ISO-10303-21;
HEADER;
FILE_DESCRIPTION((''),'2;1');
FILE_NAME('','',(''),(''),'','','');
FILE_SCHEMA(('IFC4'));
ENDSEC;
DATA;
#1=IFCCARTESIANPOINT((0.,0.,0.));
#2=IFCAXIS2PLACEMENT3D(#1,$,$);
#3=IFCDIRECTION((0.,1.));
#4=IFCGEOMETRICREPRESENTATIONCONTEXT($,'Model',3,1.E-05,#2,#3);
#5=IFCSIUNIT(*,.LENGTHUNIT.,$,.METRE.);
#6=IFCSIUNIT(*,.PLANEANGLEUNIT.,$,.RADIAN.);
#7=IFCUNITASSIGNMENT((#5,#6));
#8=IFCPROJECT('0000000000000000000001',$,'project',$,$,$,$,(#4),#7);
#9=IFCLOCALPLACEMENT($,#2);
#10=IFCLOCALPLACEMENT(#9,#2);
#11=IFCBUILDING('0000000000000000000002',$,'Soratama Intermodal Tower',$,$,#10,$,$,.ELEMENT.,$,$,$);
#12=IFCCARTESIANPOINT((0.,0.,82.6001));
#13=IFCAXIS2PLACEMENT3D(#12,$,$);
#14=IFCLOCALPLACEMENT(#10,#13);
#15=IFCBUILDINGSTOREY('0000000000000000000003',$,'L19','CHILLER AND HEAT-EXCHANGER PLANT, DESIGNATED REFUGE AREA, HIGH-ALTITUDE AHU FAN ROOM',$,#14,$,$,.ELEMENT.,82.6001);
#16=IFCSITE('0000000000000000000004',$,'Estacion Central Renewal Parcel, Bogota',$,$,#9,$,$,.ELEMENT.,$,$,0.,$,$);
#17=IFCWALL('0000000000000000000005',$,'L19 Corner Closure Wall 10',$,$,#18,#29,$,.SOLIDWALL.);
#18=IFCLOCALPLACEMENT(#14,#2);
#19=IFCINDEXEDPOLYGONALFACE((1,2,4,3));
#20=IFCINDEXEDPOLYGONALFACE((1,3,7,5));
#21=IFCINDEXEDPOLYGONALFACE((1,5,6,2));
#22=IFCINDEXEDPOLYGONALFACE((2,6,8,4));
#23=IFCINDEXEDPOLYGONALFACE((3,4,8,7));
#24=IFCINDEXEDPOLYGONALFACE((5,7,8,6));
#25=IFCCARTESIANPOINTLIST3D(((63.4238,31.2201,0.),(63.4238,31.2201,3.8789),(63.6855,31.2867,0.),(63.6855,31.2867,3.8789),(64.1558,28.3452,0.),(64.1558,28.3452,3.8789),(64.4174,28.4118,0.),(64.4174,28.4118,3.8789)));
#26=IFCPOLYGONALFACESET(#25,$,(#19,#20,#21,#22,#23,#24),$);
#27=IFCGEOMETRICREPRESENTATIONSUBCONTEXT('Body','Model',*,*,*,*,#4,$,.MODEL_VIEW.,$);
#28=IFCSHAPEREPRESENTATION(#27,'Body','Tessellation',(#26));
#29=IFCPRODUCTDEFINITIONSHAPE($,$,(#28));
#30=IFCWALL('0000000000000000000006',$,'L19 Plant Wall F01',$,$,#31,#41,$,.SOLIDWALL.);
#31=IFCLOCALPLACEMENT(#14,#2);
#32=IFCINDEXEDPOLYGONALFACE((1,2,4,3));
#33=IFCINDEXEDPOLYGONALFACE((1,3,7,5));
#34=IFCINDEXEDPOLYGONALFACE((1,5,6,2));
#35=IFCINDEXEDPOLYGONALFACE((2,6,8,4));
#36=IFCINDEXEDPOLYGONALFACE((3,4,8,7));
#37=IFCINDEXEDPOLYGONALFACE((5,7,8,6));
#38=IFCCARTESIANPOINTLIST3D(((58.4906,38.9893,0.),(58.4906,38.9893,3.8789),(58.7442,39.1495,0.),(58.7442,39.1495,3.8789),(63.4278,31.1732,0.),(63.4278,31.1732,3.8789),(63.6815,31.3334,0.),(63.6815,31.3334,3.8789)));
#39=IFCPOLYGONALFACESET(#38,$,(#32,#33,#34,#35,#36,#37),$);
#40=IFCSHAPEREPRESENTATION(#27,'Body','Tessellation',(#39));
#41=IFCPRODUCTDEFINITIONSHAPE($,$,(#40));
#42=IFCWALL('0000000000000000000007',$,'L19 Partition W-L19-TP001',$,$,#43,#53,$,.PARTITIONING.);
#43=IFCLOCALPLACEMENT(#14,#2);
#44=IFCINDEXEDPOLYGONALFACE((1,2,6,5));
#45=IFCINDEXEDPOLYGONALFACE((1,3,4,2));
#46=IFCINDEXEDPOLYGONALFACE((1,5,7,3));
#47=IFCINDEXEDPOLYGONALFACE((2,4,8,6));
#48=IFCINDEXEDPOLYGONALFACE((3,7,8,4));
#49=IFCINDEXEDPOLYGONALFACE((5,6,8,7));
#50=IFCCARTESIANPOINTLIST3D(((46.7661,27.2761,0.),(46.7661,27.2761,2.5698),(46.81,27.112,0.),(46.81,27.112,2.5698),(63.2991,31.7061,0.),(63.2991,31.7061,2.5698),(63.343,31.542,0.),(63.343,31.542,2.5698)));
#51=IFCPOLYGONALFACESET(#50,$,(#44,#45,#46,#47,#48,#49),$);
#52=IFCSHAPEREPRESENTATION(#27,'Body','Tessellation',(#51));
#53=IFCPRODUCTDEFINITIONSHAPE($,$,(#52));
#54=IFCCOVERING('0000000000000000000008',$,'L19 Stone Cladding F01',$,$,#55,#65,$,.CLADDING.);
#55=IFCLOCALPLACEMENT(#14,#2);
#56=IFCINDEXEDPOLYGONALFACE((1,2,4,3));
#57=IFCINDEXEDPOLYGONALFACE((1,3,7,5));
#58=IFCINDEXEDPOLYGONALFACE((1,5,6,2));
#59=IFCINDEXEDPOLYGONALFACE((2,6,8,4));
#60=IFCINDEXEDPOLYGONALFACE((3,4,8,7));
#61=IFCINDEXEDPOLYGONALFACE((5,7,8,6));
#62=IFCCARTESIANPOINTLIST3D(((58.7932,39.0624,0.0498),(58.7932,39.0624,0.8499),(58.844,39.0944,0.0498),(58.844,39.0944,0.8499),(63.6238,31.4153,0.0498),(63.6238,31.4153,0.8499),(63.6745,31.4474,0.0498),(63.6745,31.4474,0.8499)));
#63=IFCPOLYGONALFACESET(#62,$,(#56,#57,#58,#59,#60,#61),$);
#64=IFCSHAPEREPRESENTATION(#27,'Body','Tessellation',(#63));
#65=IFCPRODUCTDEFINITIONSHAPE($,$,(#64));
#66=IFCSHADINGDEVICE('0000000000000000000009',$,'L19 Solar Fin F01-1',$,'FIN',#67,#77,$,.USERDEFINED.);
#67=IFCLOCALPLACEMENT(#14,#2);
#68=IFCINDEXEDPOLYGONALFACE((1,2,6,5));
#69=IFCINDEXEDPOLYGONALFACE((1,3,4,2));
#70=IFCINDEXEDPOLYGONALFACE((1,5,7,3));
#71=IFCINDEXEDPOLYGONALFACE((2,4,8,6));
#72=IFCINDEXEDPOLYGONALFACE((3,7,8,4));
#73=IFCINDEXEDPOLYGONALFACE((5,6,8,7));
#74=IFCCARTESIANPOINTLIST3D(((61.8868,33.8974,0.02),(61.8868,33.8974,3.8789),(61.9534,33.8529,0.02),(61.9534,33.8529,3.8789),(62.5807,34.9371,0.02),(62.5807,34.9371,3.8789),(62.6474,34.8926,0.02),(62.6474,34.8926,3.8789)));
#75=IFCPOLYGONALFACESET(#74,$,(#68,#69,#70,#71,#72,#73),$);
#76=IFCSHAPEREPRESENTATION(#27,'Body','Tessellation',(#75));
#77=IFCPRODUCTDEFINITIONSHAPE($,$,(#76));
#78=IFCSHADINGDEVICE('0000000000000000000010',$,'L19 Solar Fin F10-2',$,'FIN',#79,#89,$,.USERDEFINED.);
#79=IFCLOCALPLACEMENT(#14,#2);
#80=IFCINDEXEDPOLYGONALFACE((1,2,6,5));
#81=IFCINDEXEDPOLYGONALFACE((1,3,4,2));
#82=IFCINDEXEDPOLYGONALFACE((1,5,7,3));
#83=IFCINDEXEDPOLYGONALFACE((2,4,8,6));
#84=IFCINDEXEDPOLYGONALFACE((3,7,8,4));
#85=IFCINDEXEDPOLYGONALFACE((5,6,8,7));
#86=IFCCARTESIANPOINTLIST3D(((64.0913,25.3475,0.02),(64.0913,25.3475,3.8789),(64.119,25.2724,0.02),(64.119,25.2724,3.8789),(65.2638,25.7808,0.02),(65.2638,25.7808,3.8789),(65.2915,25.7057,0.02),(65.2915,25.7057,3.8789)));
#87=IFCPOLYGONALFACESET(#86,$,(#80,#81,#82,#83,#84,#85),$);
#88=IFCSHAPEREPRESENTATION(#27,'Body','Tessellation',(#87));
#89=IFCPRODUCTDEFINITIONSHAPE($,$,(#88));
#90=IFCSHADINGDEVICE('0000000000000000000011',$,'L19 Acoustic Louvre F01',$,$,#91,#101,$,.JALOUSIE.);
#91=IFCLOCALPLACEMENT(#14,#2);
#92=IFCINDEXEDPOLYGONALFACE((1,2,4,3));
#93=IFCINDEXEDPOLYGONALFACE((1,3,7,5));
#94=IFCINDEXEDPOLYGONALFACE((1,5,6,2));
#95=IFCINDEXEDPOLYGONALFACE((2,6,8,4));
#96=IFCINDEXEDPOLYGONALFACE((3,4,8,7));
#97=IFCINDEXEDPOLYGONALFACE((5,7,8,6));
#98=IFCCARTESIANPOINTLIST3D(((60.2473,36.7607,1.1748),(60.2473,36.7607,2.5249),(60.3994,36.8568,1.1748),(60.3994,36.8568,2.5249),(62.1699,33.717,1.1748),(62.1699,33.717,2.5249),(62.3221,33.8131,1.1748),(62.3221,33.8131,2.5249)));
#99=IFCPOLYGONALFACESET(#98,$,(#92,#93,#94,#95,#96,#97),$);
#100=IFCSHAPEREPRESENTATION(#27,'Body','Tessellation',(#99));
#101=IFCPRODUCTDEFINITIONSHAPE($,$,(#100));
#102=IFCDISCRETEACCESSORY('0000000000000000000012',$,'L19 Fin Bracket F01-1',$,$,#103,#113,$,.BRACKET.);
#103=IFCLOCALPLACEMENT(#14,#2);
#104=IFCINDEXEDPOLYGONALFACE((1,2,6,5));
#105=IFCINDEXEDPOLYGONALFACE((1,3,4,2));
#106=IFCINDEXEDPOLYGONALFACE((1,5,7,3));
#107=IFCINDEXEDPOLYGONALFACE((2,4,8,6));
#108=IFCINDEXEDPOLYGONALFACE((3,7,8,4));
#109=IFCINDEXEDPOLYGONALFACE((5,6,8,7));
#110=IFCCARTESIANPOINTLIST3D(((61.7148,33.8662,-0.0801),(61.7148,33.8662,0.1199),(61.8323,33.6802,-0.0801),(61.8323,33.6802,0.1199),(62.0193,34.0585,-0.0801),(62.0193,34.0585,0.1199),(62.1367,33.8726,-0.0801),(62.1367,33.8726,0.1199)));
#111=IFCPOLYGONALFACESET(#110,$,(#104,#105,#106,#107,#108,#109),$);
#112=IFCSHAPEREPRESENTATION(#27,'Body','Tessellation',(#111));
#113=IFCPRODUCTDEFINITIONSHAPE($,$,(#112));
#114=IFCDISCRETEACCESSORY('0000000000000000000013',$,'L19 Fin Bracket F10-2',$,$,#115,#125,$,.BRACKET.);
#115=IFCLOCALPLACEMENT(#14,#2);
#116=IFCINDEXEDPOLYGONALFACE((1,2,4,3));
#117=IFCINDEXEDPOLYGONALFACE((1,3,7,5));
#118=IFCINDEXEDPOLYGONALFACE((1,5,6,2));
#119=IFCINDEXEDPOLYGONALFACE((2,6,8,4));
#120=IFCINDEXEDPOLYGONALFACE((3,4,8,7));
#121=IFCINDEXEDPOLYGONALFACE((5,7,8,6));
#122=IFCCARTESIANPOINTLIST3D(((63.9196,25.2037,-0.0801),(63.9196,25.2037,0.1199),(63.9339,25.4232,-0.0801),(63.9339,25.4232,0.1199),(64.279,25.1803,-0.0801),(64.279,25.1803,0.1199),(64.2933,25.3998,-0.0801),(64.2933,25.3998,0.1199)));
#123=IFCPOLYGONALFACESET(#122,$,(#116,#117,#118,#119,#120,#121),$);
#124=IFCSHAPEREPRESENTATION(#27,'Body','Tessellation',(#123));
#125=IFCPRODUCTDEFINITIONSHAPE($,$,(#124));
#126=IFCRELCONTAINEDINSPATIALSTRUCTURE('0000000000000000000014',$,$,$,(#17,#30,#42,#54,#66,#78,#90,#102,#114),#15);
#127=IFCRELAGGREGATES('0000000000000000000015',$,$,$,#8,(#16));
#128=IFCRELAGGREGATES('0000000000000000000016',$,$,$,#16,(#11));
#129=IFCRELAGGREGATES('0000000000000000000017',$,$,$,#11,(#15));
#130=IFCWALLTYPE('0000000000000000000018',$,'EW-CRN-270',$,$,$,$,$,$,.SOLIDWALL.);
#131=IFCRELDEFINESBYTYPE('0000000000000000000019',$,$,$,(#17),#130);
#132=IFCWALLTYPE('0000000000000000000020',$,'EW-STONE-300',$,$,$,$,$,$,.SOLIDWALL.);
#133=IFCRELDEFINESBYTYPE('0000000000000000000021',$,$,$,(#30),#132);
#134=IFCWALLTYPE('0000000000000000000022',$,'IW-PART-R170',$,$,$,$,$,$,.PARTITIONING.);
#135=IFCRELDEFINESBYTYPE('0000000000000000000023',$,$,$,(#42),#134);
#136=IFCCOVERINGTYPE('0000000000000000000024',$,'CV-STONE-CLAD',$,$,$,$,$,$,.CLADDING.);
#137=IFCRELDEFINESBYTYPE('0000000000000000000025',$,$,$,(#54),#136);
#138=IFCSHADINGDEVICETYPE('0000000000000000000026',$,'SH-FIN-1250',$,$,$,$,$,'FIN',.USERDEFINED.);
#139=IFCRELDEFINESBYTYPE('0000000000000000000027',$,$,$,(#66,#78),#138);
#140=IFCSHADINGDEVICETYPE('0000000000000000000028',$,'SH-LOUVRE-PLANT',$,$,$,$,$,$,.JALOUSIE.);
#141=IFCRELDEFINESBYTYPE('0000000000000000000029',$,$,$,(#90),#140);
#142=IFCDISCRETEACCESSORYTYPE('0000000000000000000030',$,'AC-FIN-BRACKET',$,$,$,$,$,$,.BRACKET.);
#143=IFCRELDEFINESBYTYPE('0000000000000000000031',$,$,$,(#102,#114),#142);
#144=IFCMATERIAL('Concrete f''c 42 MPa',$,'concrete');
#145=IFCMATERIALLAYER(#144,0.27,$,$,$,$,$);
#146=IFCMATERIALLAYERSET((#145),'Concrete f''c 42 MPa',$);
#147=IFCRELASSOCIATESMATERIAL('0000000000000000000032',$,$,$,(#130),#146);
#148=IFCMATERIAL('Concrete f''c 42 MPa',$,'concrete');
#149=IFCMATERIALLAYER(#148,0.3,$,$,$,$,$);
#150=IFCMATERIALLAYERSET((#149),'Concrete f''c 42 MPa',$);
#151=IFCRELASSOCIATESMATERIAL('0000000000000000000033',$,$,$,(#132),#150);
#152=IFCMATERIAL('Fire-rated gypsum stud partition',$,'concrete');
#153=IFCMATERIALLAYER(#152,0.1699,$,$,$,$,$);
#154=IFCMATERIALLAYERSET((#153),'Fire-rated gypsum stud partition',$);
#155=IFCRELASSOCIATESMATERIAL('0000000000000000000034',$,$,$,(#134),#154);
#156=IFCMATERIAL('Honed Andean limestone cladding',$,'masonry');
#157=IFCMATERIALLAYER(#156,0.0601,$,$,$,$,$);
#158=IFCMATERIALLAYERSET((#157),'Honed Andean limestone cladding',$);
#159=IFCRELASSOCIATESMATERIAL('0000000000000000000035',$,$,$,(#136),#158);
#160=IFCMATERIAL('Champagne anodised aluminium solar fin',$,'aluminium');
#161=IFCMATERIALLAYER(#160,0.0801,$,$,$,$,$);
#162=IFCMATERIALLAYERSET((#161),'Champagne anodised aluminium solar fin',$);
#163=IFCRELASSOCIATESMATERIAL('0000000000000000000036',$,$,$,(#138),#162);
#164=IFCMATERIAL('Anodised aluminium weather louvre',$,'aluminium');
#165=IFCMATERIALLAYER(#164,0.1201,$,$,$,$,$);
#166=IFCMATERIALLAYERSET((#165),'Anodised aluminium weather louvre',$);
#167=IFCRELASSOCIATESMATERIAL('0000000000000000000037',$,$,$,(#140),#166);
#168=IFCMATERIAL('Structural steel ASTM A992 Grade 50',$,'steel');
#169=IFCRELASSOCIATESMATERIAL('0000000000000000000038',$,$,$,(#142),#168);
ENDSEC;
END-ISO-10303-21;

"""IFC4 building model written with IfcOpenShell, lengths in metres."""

from ifc_helpers import new_model, si_unit, direction, frame, frame_2d, origin, origin_2d, place, context, subcontext, project, spatial, rectangle, extrude, material, layer, layer_set, type_object, element, save


model = new_model("IFC4")

# Units and contexts
model_context = context("Model", 3, precision=1e-05, world=origin(), true_north=direction((0.0, 1.0)))
body_context = subcontext(model_context, "Body", "Model", "MODEL_VIEW")
ifc_project = project(units=[si_unit("LENGTHUNIT", "METRE"), si_unit("PLANEANGLEUNIT", "RADIAN")], contexts=[model_context])

# Site, building, storey
site_placement = place(None, origin())
site = spatial("IfcSite", under=ifc_project, at=site_placement, Name="Estacion Central Renewal Parcel, Bogota", CompositionType="ELEMENT", RefElevation=0.0)
building_placement = place(site_placement, origin())
building = spatial("IfcBuilding", under=site, at=building_placement, Name="Soratama Intermodal Tower", CompositionType="ELEMENT")
storey_placement = place(building_placement, frame((0.0, 0.0, 82.6001)))
storey = spatial("IfcBuildingStorey", under=building, at=storey_placement, Name="L19", Description="CHILLER AND HEAT-EXCHANGER PLANT, DESIGNATED REFUGE AREA, HIGH-ALTITUDE AHU FAN ROOM", CompositionType="ELEMENT", Elevation=82.6001)

# Walls
ifc_material_1 = material(Name="Concrete f'c 42 MPa", Category="concrete")
ifc_layer_1 = layer(ifc_material_1, 0.27)
ifc_layer_set_1 = layer_set([ifc_layer_1], Name="Concrete f'c 42 MPa")
wall_type_1 = type_object("IfcWallType", Name="EW-CRN-270", PredefinedType="SOLIDWALL", material=ifc_layer_set_1)
wall_1_placement = place(storey_placement, frame((64.2866, 28.3784, 0.0), z_axis=(0.0, 0.0, 1.0), x_axis=(-0.246735, 0.969083, 0.0)))
element("IfcWall", 1, at=wall_1_placement, inside=storey, type_object=wall_type_1, Name="L19 Corner Closure Wall 10", PredefinedType="SOLIDWALL", context=body_context, shape_type="SweptSolid", body=[
    extrude(rectangle(XDim=2.9666, YDim=0.27, at=frame_2d((1.4834, 0.0))), origin(), (0.0, 0.0, 1.0), 3.8789),
])
ifc_material_2 = material(Name="Concrete f'c 42 MPa", Category="concrete")
ifc_layer_2 = layer(ifc_material_2, 0.3)
ifc_layer_set_2 = layer_set([ifc_layer_2], Name="Concrete f'c 42 MPa")
wall_type_2 = type_object("IfcWallType", Name="EW-STONE-300", PredefinedType="SOLIDWALL", material=ifc_layer_set_2)
wall_2_placement = place(storey_placement, frame((63.5547, 31.2532, 0.0), z_axis=(0.0, 0.0, 1.0), x_axis=(-0.53405, 0.845453, 0.0)))
element("IfcWall", 2, at=wall_2_placement, inside=storey, type_object=wall_type_2, Name="L19 Plant Wall F01", PredefinedType="SOLIDWALL", context=body_context, shape_type="SweptSolid", body=[
    extrude(rectangle(XDim=9.2449, YDim=0.3, at=frame_2d((4.6226, 0.0))), origin(), (0.0, 0.0, 1.0), 3.8789),
])
ifc_material_3 = material(Name="Fire-rated gypsum stud partition", Category="concrete")
ifc_layer_3 = layer(ifc_material_3, 0.1699)
ifc_layer_set_3 = layer_set([ifc_layer_3], Name="Fire-rated gypsum stud partition")
wall_type_3 = type_object("IfcWallType", Name="IW-PART-R170", PredefinedType="PARTITIONING", material=ifc_layer_set_3)
wall_3_placement = place(storey_placement, frame((63.321, 31.624, 0.0), z_axis=(0.0, 0.0, 1.0), x_axis=(-0.965927, -0.258816, 0.0)))
element("IfcWall", 3, at=wall_3_placement, inside=storey, type_object=wall_type_3, Name="L19 Partition W-L19-TP001", PredefinedType="PARTITIONING", context=body_context, shape_type="SweptSolid", body=[
    extrude(rectangle(XDim=17.1162, YDim=0.1699, at=frame_2d((8.5581, 0.0))), origin(), (0.0, 0.0, 1.0), 2.5698),
])

# Covering
ifc_material_4 = material(Name="Honed Andean limestone cladding", Category="masonry")
ifc_layer_4 = layer(ifc_material_4, 0.0601)
ifc_layer_set_4 = layer_set([ifc_layer_4], Name="Honed Andean limestone cladding")
covering_type = type_object("IfcCoveringType", Name="CV-STONE-CLAD", PredefinedType="CLADDING", material=ifc_layer_set_4)
covering_placement = place(storey_placement, frame((61.2339, 35.2549, 0.0498), z_axis=(0.0, 0.0, 1.0), x_axis=(-0.534057, 0.845448, 0.0)))
element("IfcCovering", 4, at=covering_placement, inside=storey, type_object=covering_type, Name="L19 Stone Cladding F01", PredefinedType="CLADDING", context=body_context, shape_type="SweptSolid", body=[
    extrude(rectangle(XDim=9.0449, YDim=0.0601, at=origin_2d()), origin(), (0.0, 0.0, 1.0), 0.8),
])

# Shading devices
ifc_material_5 = material(Name="Champagne anodised aluminium solar fin", Category="aluminium")
ifc_layer_5 = layer(ifc_material_5, 0.0801)
ifc_layer_set_5 = layer_set([ifc_layer_5], Name="Champagne anodised aluminium solar fin")
shading_device_type_1 = type_object("IfcShadingDeviceType", Name="SH-FIN-1250", ElementType="FIN", PredefinedType="USERDEFINED", material=ifc_layer_set_5)
for number, where, z_axis, x_axis, name in (
    (5, (62.2671, 34.395, 0.02), (0.0, 0.0, 1.0), (0.555135, 0.83176, 0.0), "L19 Solar Fin F01-1"),
    (6, (64.6914, 25.5266, 0.02), (0.0, 0.0, 1.0), (0.93801, 0.346608, 0.0), "L19 Solar Fin F10-2"),
):
    element("IfcShadingDevice", number, at=place(storey_placement, frame(where, z_axis=z_axis, x_axis=x_axis)), inside=storey, type_object=shading_device_type_1, Name=name, ObjectType="FIN", PredefinedType="USERDEFINED", context=body_context, shape_type="SweptSolid", body=[
        extrude(rectangle(XDim=1.25, YDim=0.0801, at=origin_2d()), origin(), (0.0, 0.0, 1.0), 3.8589),
    ])
ifc_material_6 = material(Name="Anodised aluminium weather louvre", Category="aluminium")
ifc_layer_6 = layer(ifc_material_6, 0.1201)
ifc_layer_set_6 = layer_set([ifc_layer_6], Name="Anodised aluminium weather louvre")
shading_device_type_2 = type_object("IfcShadingDeviceType", Name="SH-LOUVRE-PLANT", PredefinedType="JALOUSIE", material=ifc_layer_set_6)
shading_device_placement = place(storey_placement, frame((61.2847, 35.2869, 1.1748), z_axis=(0.0, 0.0, 1.0), x_axis=(-0.534057, 0.845448, 0.0)))
element("IfcShadingDevice", 7, at=shading_device_placement, inside=storey, type_object=shading_device_type_2, Name="L19 Acoustic Louvre F01", PredefinedType="JALOUSIE", context=body_context, shape_type="SweptSolid", body=[
    extrude(rectangle(XDim=3.6001, YDim=0.1799, at=origin_2d()), origin(), (0.0, 0.0, 1.0), 1.3501),
])

# Discrete accessories
ifc_material_7 = material(Name="Structural steel ASTM A992 Grade 50", Category="steel")
discrete_accessory_type = type_object("IfcDiscreteAccessoryType", Name="AC-FIN-BRACKET", PredefinedType="BRACKET", material=ifc_material_7)
for number, where, z_axis, x_axis, name in (
    (8, (61.9258, 33.8694, -0.0801), (0.0, 0.0, 1.0), (0.845448, 0.534057, 0.0), "L19 Fin Bracket F01-1"),
    (9, (64.1064, 25.3018, -0.0801), (0.0, 0.0, 1.0), (0.997893, -0.064881, 0.0), "L19 Fin Bracket F10-2"),
):
    element("IfcDiscreteAccessory", number, at=place(storey_placement, frame(where, z_axis=z_axis, x_axis=x_axis)), inside=storey, type_object=discrete_accessory_type, Name=name, PredefinedType="BRACKET", context=body_context, shape_type="SweptSolid", body=[
        extrude(rectangle(XDim=0.3601, YDim=0.22, at=origin_2d()), origin(), (0.0, 0.0, 1.0), 0.2),
    ])

save(model, "model.ifc")
